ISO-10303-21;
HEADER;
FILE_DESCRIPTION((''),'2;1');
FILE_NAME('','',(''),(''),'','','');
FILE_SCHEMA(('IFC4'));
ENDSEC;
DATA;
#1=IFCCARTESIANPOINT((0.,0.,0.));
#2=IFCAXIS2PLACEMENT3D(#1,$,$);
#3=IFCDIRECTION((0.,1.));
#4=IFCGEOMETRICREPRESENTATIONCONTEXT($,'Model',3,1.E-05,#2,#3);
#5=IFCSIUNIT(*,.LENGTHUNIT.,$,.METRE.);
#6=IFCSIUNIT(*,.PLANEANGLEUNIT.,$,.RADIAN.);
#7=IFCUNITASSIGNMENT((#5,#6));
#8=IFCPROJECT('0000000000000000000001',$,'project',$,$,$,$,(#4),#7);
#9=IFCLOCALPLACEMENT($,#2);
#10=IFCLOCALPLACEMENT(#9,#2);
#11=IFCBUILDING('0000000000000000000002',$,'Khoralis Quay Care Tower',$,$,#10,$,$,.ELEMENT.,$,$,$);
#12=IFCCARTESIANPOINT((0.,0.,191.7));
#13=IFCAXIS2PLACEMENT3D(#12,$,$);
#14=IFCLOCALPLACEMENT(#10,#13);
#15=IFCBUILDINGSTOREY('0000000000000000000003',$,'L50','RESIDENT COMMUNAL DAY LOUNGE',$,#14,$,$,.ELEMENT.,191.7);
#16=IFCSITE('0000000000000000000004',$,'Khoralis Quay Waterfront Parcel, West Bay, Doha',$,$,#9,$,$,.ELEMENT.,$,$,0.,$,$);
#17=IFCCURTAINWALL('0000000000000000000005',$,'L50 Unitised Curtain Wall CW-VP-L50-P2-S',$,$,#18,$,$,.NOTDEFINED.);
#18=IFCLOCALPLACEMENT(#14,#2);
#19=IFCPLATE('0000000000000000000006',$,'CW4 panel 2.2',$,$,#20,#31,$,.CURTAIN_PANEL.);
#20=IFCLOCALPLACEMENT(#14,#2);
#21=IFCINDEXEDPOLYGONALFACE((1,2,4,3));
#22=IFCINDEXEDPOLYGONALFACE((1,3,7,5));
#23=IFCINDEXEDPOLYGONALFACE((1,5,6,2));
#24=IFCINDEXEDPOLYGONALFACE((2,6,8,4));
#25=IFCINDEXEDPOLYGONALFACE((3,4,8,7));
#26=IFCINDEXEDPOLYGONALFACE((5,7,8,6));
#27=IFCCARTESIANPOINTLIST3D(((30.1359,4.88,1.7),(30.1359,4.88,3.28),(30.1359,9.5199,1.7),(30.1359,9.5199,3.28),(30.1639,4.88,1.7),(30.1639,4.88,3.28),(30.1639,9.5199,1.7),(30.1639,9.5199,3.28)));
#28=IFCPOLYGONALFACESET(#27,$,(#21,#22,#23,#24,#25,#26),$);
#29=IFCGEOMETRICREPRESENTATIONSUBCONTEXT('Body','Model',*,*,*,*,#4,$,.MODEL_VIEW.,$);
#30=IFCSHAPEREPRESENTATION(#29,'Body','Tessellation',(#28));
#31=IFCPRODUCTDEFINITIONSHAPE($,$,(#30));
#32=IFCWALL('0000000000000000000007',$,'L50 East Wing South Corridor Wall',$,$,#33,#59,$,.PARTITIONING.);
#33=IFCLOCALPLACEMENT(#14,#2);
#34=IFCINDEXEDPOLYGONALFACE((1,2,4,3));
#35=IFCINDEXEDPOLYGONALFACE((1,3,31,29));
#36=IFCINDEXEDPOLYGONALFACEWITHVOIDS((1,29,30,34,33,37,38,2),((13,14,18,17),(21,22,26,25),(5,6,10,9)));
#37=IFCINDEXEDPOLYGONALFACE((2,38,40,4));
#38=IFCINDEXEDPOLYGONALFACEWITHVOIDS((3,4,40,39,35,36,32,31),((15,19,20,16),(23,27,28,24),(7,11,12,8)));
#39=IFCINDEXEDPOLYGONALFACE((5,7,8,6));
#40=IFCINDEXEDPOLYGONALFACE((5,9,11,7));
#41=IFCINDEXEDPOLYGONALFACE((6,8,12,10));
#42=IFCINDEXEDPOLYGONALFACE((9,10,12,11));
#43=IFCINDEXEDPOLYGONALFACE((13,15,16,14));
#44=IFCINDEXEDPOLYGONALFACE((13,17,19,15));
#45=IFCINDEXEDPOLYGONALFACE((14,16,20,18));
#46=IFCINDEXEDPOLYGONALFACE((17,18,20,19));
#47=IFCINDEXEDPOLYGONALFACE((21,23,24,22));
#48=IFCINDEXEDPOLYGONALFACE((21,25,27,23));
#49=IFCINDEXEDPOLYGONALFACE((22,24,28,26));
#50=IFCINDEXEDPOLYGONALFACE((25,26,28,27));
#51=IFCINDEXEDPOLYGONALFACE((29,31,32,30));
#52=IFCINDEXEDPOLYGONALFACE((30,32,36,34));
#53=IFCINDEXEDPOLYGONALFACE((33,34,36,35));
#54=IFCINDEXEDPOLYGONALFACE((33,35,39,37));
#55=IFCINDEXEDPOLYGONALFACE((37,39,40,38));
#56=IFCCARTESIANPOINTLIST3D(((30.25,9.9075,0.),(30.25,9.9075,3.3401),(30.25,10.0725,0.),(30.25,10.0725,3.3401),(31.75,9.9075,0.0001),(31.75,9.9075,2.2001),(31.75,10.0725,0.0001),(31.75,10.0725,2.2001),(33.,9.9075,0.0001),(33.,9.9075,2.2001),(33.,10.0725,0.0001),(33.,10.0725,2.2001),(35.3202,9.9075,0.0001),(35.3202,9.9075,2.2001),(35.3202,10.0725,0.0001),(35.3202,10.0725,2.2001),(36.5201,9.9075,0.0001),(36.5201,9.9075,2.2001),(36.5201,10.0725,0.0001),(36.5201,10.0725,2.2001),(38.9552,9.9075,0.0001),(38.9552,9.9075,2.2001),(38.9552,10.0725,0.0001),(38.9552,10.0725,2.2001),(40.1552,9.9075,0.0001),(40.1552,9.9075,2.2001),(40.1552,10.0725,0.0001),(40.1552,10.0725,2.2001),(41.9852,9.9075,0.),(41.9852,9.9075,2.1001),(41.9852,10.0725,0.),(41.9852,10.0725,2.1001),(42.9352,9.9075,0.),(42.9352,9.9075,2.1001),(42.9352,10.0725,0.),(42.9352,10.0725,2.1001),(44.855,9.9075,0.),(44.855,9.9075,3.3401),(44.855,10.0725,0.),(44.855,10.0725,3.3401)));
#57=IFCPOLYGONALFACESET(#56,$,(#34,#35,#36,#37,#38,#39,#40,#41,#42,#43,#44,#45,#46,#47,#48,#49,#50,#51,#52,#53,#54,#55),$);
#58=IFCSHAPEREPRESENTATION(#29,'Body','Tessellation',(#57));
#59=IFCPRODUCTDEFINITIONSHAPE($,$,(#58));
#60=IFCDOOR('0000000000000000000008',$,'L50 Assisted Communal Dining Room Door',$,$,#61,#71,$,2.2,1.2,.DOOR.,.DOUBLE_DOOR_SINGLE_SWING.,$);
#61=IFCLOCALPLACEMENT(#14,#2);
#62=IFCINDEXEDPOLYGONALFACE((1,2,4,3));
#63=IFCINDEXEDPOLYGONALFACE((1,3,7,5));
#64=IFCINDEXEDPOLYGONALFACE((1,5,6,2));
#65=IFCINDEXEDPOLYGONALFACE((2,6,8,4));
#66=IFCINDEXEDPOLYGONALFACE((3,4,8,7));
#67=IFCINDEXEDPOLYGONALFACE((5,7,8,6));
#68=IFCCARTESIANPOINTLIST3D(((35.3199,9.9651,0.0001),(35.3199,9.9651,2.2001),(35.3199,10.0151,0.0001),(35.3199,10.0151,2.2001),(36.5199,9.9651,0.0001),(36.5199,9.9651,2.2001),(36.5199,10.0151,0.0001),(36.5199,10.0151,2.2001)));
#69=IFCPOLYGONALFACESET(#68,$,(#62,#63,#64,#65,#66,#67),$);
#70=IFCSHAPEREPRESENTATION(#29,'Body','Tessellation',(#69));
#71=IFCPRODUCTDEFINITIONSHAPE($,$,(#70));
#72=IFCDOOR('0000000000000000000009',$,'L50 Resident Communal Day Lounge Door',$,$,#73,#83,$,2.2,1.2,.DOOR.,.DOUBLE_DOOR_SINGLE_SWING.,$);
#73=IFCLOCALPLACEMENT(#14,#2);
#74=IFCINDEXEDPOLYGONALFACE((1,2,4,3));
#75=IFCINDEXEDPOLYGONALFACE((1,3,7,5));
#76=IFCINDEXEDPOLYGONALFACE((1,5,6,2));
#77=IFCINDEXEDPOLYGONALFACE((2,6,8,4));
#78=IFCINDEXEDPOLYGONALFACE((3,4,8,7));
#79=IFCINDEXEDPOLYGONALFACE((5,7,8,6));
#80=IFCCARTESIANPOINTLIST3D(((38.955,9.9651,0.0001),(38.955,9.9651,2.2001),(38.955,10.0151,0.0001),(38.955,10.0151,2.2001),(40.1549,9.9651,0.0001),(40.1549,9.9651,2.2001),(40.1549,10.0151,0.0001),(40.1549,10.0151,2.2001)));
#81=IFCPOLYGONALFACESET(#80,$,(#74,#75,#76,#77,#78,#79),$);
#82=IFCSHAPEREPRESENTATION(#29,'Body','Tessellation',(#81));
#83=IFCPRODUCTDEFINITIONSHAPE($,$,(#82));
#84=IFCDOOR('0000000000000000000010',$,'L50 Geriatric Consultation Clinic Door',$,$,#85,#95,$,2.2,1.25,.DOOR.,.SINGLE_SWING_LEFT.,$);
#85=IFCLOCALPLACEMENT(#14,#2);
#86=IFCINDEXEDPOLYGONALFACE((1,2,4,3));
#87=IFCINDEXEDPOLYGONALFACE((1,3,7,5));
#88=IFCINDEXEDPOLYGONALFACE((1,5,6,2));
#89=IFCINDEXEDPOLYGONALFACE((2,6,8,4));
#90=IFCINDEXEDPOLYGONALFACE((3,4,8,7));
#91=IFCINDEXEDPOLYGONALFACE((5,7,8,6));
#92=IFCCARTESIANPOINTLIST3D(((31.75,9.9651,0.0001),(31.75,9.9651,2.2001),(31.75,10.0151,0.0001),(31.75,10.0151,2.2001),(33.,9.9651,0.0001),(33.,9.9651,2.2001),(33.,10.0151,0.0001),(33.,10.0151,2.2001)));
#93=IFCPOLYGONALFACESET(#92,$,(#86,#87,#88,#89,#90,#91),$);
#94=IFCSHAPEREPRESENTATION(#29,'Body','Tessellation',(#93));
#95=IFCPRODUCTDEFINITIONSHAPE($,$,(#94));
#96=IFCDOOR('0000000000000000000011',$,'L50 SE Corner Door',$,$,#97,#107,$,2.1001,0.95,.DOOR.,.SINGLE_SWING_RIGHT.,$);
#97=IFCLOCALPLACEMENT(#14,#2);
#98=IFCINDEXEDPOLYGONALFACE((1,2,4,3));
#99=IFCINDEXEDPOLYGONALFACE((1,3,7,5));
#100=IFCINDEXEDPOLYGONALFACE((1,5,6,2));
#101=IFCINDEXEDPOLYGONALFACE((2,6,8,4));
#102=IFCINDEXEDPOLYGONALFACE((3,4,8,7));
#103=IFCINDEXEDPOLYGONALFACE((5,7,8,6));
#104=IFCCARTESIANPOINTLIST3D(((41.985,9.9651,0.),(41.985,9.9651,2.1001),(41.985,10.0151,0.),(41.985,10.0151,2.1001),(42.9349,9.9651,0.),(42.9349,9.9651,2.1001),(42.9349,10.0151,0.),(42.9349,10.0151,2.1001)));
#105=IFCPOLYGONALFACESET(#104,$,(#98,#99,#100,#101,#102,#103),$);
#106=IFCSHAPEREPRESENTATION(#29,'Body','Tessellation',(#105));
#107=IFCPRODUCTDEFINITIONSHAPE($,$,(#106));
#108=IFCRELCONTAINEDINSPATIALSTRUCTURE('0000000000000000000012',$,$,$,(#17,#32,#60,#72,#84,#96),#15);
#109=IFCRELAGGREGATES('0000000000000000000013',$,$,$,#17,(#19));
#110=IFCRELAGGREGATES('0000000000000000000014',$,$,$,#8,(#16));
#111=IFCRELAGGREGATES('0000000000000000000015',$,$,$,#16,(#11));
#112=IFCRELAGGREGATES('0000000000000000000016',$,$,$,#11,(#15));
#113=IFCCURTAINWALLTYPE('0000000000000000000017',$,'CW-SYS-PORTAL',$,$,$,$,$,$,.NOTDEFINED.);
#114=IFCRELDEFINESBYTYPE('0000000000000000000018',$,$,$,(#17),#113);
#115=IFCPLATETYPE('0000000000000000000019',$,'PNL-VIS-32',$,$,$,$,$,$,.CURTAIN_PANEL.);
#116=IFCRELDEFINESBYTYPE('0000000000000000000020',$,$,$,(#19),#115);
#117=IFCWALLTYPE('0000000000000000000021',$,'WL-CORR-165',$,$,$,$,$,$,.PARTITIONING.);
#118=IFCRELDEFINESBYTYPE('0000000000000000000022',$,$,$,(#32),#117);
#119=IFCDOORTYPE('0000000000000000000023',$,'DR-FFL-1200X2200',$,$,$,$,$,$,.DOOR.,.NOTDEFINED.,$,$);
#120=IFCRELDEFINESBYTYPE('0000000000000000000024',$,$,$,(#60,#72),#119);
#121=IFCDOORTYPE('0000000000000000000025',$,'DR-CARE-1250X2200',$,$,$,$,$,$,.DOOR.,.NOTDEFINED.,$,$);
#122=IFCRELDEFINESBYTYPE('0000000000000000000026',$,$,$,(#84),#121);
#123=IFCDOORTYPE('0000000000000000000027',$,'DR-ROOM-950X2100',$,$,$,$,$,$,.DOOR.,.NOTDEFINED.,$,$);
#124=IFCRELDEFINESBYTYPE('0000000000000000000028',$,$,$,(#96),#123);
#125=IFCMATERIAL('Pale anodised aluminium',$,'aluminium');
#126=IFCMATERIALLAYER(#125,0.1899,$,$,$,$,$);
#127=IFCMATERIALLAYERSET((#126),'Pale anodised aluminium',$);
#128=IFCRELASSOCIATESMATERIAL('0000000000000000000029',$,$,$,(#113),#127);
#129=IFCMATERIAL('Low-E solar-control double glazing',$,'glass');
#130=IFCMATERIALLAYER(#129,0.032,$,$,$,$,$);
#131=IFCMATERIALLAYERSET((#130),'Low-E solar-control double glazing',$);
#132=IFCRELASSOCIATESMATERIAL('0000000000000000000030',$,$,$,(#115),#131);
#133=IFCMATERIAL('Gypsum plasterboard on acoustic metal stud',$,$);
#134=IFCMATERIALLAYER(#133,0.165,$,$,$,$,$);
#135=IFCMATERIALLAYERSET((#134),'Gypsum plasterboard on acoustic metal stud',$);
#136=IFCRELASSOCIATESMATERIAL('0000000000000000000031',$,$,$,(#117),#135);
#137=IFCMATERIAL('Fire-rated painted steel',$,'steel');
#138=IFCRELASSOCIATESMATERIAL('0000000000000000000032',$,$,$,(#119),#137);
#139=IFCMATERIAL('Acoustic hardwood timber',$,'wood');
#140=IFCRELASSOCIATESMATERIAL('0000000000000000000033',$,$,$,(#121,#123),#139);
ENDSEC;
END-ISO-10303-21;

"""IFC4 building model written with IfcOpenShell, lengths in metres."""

from ifc_helpers import new_model, si_unit, direction, frame, frame_2d, origin, origin_2d, place, context, subcontext, project, spatial, rectangle, extrude, source, transform, mapped, material, layer, layer_set, type_object, element, fill, aggregate, save


model = new_model("IFC4")

# Units and contexts
model_context = context("Model", 3, precision=1e-05, world=origin(), true_north=direction((0.0, 1.0)))
body_context = subcontext(model_context, "Body", "Model", "MODEL_VIEW")
ifc_project = project(units=[si_unit("LENGTHUNIT", "METRE"), si_unit("PLANEANGLEUNIT", "RADIAN")], contexts=[model_context])

# Site, building, storey
site_placement = place(None, origin())
site = spatial("IfcSite", under=ifc_project, at=site_placement, Name="Khoralis Quay Waterfront Parcel, West Bay, Doha", CompositionType="ELEMENT", RefElevation=0.0)
building_placement = place(site_placement, origin())
building = spatial("IfcBuilding", under=site, at=building_placement, Name="Khoralis Quay Care Tower", CompositionType="ELEMENT")
storey_placement = place(building_placement, frame((0.0, 0.0, 191.7)))
storey = spatial("IfcBuildingStorey", under=building, at=storey_placement, Name="L50", Description="RESIDENT COMMUNAL DAY LOUNGE", CompositionType="ELEMENT", Elevation=191.7)

# Curtain wall, plate
ifc_material_1 = material(Name="Pale anodised aluminium", Category="aluminium")
ifc_layer_1 = layer(ifc_material_1, 0.1899)
ifc_layer_set_1 = layer_set([ifc_layer_1], Name="Pale anodised aluminium")
curtain_wall_type = type_object("IfcCurtainWallType", Name="CW-SYS-PORTAL", PredefinedType="NOTDEFINED", material=ifc_layer_set_1)
curtain_wall_placement = place(storey_placement, origin())
curtain_wall = element("IfcCurtainWall", 1, at=curtain_wall_placement, inside=storey, type_object=curtain_wall_type, Name="L50 Unitised Curtain Wall CW-VP-L50-P2-S", PredefinedType="NOTDEFINED")
ifc_material_2 = material(Name="Low-E solar-control double glazing", Category="glass")
ifc_layer_2 = layer(ifc_material_2, 0.032)
ifc_layer_set_2 = layer_set([ifc_layer_2], Name="Low-E solar-control double glazing")
plate_type = type_object("IfcPlateType", Name="PNL-VIS-32", PredefinedType="CURTAIN_PANEL", material=ifc_layer_set_2)
shared_shape_1 = source(origin(), body_context, "Body", "SweptSolid", [
    extrude(rectangle(XDim=4.6399, YDim=0.0281, at=origin_2d()), origin(), (0.0, 0.0, 1.0), 1.5801),
])
plate_1_placement = place(storey_placement, frame((30.1499, 7.2, 1.7), z_axis=(0.0, 0.0, 1.0), x_axis=(0.0, 1.0, 0.0)))
plate_1 = element("IfcPlate", 2, at=plate_1_placement, type_object=plate_type, Name="CW4 panel 2.2", PredefinedType="CURTAIN_PANEL", context=body_context, shape_type="MappedRepresentation", body=[
    mapped(shared_shape_1, transform((0.0, 0.0, 0.0), scale=1.0)),
])
aggregate(curtain_wall, [plate_1])

# Wall, openings, doors
ifc_material_3 = material(Name="Gypsum plasterboard on acoustic metal stud")
ifc_layer_3 = layer(ifc_material_3, 0.165)
ifc_layer_set_3 = layer_set([ifc_layer_3], Name="Gypsum plasterboard on acoustic metal stud")
wall_type_1 = type_object("IfcWallType", Name="WL-CORR-165", PredefinedType="PARTITIONING", material=ifc_layer_set_3)
wall_1_placement = place(storey_placement, frame((30.25, 9.99, 0.0), z_axis=(0.0, 0.0, 1.0), x_axis=(1.0, 0.0, 0.0)))
wall_1 = element("IfcWall", 3, at=wall_1_placement, inside=storey, type_object=wall_type_1, Name="L50 East Wing South Corridor Wall", PredefinedType="PARTITIONING", context=body_context, shape_type="SweptSolid", body=[
    extrude(rectangle(XDim=14.605, YDim=0.165, at=frame_2d((7.3025, 0.0))), origin(), (0.0, 0.0, 1.0), 3.3401),
])
opening_1_placement = place(wall_1_placement, frame((1.5, 0.0, 0.0)))
opening_1 = element("IfcOpeningElement", 4, at=opening_1_placement, cuts=wall_1, PredefinedType="OPENING", context=body_context, shape_type="SweptSolid", body=[
    extrude(rectangle(XDim=1.25, YDim=2.2, at=frame_2d((0.625, 1.1001))), frame((0.0, 0.0925, 0.0), z_axis=(0.0, -1.0, 0.0), x_axis=(1.0, 0.0, 0.0)), (0.0, 0.0, 1.0), 0.1851),
])
opening_2_placement = place(wall_1_placement, frame((5.0701, 0.0, 0.0)))
opening_2 = element("IfcOpeningElement", 5, at=opening_2_placement, cuts=wall_1, PredefinedType="OPENING", context=body_context, shape_type="SweptSolid", body=[
    extrude(rectangle(XDim=1.2, YDim=2.2, at=frame_2d((0.6001, 1.1001))), frame((0.0, 0.0925, 0.0), z_axis=(0.0, -1.0, 0.0), x_axis=(1.0, 0.0, 0.0)), (0.0, 0.0, 1.0), 0.1851),
])
opening_3_placement = place(wall_1_placement, frame((8.7051, 0.0, 0.0)))
opening_3 = element("IfcOpeningElement", 6, at=opening_3_placement, cuts=wall_1, PredefinedType="OPENING", context=body_context, shape_type="SweptSolid", body=[
    extrude(rectangle(XDim=1.2, YDim=2.2, at=frame_2d((0.6001, 1.1001))), frame((0.0, 0.0925, 0.0), z_axis=(0.0, -1.0, 0.0), x_axis=(1.0, 0.0, 0.0)), (0.0, 0.0, 1.0), 0.1851),
])
opening_4_placement = place(wall_1_placement, frame((11.7351, 0.0, 0.0)))
opening_4 = element("IfcOpeningElement", 7, at=opening_4_placement, cuts=wall_1, PredefinedType="OPENING", context=body_context, shape_type="SweptSolid", body=[
    extrude(rectangle(XDim=0.95, YDim=2.1001, at=frame_2d((0.4751, 1.05))), frame((0.0, 0.0925, 0.0), z_axis=(0.0, -1.0, 0.0), x_axis=(1.0, 0.0, 0.0)), (0.0, 0.0, 1.0), 0.1851),
])
ifc_material_4 = material(Name="Fire-rated painted steel", Category="steel")
door_type_1 = type_object("IfcDoorType", Name="DR-FFL-1200X2200", OperationType="NOTDEFINED", PredefinedType="DOOR", material=ifc_material_4)
shared_shape_2 = source(origin(), body_context, "Body", "SweptSolid", [
    extrude(rectangle(XDim=1.2, YDim=2.2, at=frame_2d((0.6001, 1.1001))), frame((0.0, 0.0249, 0.0), z_axis=(0.0, -1.0, 0.0), x_axis=(1.0, 0.0, 0.0)), (0.0, 0.0, 1.0), 0.05),
])
door_1_placement = place(opening_2_placement, frame((1.2, 0.0, 0.0), z_axis=(0.0, 0.0, 1.0), x_axis=(-1.0, 0.0, 0.0)))
door_1 = element("IfcDoor", 8, at=door_1_placement, inside=storey, type_object=door_type_1, Name="L50 Assisted Communal Dining Room Door", OperationType="DOUBLE_DOOR_SINGLE_SWING", OverallHeight=2.2, OverallWidth=1.2, PredefinedType="DOOR", context=body_context, shape_type="MappedRepresentation", body=[
    mapped(shared_shape_2, transform((0.0, 0.0, 0.0), scale=1.0)),
])
fill(opening_2, door_1)
door_2_placement = place(opening_3_placement, frame((1.2, 0.0, 0.0), z_axis=(0.0, 0.0, 1.0), x_axis=(-1.0, 0.0, 0.0)))
door_2 = element("IfcDoor", 9, at=door_2_placement, inside=storey, type_object=door_type_1, Name="L50 Resident Communal Day Lounge Door", OperationType="DOUBLE_DOOR_SINGLE_SWING", OverallHeight=2.2, OverallWidth=1.2, PredefinedType="DOOR", context=body_context, shape_type="MappedRepresentation", body=[
    mapped(shared_shape_2, transform((0.0, 0.0, 0.0), scale=1.0)),
])
fill(opening_3, door_2)
ifc_material_5 = material(Name="Acoustic hardwood timber", Category="wood")
door_type_2 = type_object("IfcDoorType", Name="DR-CARE-1250X2200", OperationType="NOTDEFINED", PredefinedType="DOOR", material=ifc_material_5)
shared_shape_3 = source(origin(), body_context, "Body", "SweptSolid", [
    extrude(rectangle(XDim=1.25, YDim=2.2, at=frame_2d((0.625, 1.1001))), frame((0.0, 0.0249, 0.0), z_axis=(0.0, -1.0, 0.0), x_axis=(1.0, 0.0, 0.0)), (0.0, 0.0, 1.0), 0.05),
])
door_3_placement = place(opening_1_placement, frame((1.25, 0.0, 0.0), z_axis=(0.0, 0.0, 1.0), x_axis=(-1.0, 0.0, 0.0)))
door_3 = element("IfcDoor", 10, at=door_3_placement, inside=storey, type_object=door_type_2, Name="L50 Geriatric Consultation Clinic Door", OperationType="SINGLE_SWING_LEFT", OverallHeight=2.2, OverallWidth=1.25, PredefinedType="DOOR", context=body_context, shape_type="MappedRepresentation", body=[
    mapped(shared_shape_3, transform((0.0, 0.0, 0.0), scale=1.0)),
])
fill(opening_1, door_3)
door_type_3 = type_object("IfcDoorType", Name="DR-ROOM-950X2100", OperationType="NOTDEFINED", PredefinedType="DOOR", material=ifc_material_5)
shared_shape_4 = source(origin(), body_context, "Body", "SweptSolid", [
    extrude(rectangle(XDim=0.95, YDim=2.1001, at=frame_2d((0.4751, 1.05))), frame((0.0, 0.0249, 0.0), z_axis=(0.0, -1.0, 0.0), x_axis=(1.0, 0.0, 0.0)), (0.0, 0.0, 1.0), 0.05),
])
door_4_placement = place(opening_4_placement, frame((0.95, 0.0, 0.0), z_axis=(0.0, 0.0, 1.0), x_axis=(-1.0, 0.0, 0.0)))
door_4 = element("IfcDoor", 11, at=door_4_placement, inside=storey, type_object=door_type_3, Name="L50 SE Corner Door", OperationType="SINGLE_SWING_RIGHT", OverallHeight=2.1001, OverallWidth=0.95, PredefinedType="DOOR", context=body_context, shape_type="MappedRepresentation", body=[
    mapped(shared_shape_4, transform((0.0, 0.0, 0.0), scale=1.0)),
])
fill(opening_4, door_4)

save(model, "model.ifc")
